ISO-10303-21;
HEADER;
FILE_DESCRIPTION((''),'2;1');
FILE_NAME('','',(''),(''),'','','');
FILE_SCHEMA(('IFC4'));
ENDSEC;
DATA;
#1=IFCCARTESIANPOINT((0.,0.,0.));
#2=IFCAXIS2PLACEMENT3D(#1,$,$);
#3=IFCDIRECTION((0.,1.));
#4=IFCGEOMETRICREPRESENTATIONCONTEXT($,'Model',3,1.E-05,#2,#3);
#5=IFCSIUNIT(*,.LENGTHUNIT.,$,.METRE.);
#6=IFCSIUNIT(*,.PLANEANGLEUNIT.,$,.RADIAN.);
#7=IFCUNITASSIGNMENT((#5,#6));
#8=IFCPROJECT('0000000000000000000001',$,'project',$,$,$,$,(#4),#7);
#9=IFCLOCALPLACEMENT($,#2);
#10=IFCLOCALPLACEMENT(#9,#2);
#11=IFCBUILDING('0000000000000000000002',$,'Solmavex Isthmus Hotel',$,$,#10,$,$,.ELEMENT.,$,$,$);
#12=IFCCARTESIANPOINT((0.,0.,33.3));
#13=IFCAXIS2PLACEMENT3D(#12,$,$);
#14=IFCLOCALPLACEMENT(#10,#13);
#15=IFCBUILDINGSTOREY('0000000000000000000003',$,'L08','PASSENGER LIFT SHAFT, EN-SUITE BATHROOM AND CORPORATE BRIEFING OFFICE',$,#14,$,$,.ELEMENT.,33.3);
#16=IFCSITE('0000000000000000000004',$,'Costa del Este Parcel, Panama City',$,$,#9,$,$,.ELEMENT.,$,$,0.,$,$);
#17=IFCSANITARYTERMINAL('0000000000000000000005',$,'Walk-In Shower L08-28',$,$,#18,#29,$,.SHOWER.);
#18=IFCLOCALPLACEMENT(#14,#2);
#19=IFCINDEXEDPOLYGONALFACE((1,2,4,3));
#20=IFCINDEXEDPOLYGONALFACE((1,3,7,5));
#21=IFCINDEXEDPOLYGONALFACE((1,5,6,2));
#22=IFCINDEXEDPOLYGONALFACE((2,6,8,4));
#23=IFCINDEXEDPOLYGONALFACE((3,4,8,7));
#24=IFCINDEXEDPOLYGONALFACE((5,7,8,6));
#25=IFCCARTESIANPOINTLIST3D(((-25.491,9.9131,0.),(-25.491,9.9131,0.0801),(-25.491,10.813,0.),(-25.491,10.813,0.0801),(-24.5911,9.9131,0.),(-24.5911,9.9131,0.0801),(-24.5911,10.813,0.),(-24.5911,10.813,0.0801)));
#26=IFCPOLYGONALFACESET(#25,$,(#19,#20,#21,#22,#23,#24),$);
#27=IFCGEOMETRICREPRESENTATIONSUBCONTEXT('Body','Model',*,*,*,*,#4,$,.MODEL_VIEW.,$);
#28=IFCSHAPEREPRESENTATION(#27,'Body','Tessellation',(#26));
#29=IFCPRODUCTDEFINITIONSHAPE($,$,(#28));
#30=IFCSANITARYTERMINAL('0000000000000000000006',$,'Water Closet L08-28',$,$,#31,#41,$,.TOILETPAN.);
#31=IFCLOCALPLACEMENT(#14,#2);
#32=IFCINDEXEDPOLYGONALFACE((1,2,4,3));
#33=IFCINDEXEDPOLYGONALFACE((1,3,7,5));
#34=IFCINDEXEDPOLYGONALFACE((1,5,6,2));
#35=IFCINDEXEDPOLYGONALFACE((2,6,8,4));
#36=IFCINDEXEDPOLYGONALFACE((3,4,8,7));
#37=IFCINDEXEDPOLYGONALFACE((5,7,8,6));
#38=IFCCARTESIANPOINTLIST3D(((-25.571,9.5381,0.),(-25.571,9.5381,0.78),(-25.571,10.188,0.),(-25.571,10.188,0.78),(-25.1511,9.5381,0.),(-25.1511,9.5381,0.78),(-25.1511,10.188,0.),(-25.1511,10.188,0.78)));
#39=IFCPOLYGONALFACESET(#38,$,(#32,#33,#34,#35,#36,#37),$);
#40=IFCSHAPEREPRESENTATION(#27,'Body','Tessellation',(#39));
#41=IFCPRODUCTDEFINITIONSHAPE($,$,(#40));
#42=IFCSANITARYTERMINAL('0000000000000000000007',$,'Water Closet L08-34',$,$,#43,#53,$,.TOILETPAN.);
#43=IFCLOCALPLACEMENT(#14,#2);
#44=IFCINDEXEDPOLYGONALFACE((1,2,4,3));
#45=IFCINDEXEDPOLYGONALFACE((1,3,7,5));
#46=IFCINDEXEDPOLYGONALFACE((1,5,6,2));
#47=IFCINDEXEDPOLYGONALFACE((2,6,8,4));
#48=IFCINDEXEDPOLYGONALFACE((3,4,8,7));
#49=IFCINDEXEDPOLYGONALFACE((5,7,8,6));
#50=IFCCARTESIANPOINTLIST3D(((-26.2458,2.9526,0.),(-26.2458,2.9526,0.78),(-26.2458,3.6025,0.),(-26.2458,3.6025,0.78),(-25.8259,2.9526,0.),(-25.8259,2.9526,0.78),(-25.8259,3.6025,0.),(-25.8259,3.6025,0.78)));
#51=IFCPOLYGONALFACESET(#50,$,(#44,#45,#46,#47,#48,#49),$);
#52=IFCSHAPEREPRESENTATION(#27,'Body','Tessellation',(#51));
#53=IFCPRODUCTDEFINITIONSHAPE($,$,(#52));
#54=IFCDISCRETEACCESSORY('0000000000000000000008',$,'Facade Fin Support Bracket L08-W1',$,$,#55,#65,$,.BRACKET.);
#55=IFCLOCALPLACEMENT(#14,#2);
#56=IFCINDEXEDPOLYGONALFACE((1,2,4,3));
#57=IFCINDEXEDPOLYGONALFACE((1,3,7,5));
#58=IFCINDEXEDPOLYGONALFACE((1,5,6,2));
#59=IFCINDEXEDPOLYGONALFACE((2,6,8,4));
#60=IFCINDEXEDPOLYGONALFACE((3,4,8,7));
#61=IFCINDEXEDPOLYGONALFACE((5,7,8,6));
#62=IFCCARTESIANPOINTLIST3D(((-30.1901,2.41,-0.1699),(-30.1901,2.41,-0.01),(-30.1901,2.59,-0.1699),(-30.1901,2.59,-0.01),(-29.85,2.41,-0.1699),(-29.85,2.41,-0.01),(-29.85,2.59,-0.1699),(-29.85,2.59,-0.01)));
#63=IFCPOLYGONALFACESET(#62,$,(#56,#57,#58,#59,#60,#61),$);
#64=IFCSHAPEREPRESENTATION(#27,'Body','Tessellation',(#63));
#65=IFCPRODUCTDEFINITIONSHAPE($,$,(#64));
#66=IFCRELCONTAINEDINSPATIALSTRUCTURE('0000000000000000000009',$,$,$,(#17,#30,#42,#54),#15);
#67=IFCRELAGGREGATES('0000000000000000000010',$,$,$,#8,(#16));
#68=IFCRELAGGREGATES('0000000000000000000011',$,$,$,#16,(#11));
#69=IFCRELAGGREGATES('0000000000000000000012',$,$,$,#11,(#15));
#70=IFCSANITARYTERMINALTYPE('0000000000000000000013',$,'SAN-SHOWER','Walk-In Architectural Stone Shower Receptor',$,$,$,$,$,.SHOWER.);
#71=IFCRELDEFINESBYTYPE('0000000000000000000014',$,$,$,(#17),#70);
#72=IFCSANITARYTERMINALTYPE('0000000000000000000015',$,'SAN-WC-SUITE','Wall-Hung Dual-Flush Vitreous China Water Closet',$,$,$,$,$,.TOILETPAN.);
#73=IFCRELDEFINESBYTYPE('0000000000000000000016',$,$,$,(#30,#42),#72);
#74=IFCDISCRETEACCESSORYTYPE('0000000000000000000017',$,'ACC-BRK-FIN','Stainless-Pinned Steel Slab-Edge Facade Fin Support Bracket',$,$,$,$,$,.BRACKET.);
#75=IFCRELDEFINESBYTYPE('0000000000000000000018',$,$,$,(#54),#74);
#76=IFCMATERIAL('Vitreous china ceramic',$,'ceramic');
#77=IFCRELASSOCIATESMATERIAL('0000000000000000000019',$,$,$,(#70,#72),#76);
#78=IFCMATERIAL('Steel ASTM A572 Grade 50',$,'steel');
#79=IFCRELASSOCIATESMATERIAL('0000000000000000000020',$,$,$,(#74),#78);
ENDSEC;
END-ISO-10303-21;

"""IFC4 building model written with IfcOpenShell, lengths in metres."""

from ifc_helpers import new_model, si_unit, direction, frame, origin, origin_2d, place, context, subcontext, project, spatial, rectangle, extrude, material, type_object, element, save


model = new_model("IFC4")

# Units and contexts
model_context = context("Model", 3, precision=1e-05, world=origin(), true_north=direction((0.0, 1.0)))
body_context = subcontext(model_context, "Body", "Model", "MODEL_VIEW")
ifc_project = project(units=[si_unit("LENGTHUNIT", "METRE"), si_unit("PLANEANGLEUNIT", "RADIAN")], contexts=[model_context])

# Site, building, storey
site_placement = place(None, origin())
site = spatial("IfcSite", under=ifc_project, at=site_placement, Name="Costa del Este Parcel, Panama City", CompositionType="ELEMENT", RefElevation=0.0)
building_placement = place(site_placement, origin())
building = spatial("IfcBuilding", under=site, at=building_placement, Name="Solmavex Isthmus Hotel", CompositionType="ELEMENT")
storey_placement = place(building_placement, frame((0.0, 0.0, 33.3)))
storey = spatial("IfcBuildingStorey", under=building, at=storey_placement, Name="L08", Description="PASSENGER LIFT SHAFT, EN-SUITE BATHROOM AND CORPORATE BRIEFING OFFICE", CompositionType="ELEMENT", Elevation=33.3)

# Sanitary terminals
ifc_material_1 = material(Name="Vitreous china ceramic", Category="ceramic")
sanitary_terminal_type_1 = type_object("IfcSanitaryTerminalType", Name="SAN-SHOWER", Description="Walk-In Architectural Stone Shower Receptor", PredefinedType="SHOWER", material=ifc_material_1)
sanitary_terminal_placement = place(storey_placement, frame((-25.041, 10.363, 0.0), z_axis=(0.0, 0.0, 1.0), x_axis=(1.0, 0.0, 0.0)))
element("IfcSanitaryTerminal", 1, at=sanitary_terminal_placement, inside=storey, type_object=sanitary_terminal_type_1, Name="Walk-In Shower L08-28", PredefinedType="SHOWER", context=body_context, shape_type="SweptSolid", body=[
    extrude(rectangle(XDim=0.8999, YDim=0.8999, at=origin_2d()), origin(), (0.0, 0.0, 1.0), 0.0801),
])
sanitary_terminal_type_2 = type_object("IfcSanitaryTerminalType", Name="SAN-WC-SUITE", Description="Wall-Hung Dual-Flush Vitreous China Water Closet", PredefinedType="TOILETPAN", material=ifc_material_1)
for number, where, z_axis, x_axis, name in (
    (2, (-25.3611, 9.863, 0.0), (0.0, 0.0, 1.0), (1.0, 0.0, 0.0), "Water Closet L08-28"),
    (3, (-26.0359, 3.2776, 0.0), (0.0, 0.0, 1.0), (1.0, 0.0, 0.0), "Water Closet L08-34"),
):
    element("IfcSanitaryTerminal", number, at=place(storey_placement, frame(where, z_axis=z_axis, x_axis=x_axis)), inside=storey, type_object=sanitary_terminal_type_2, Name=name, PredefinedType="TOILETPAN", context=body_context, shape_type="SweptSolid", body=[
        extrude(rectangle(XDim=0.4199, YDim=0.6499, at=origin_2d()), origin(), (0.0, 0.0, 1.0), 0.78),
    ])

# Discrete accessory
ifc_material_2 = material(Name="Steel ASTM A572 Grade 50", Category="steel")
discrete_accessory_type = type_object("IfcDiscreteAccessoryType", Name="ACC-BRK-FIN", Description="Stainless-Pinned Steel Slab-Edge Facade Fin Support Bracket", PredefinedType="BRACKET", material=ifc_material_2)
discrete_accessory_placement = place(storey_placement, frame((-30.02, 2.5, -0.1699), z_axis=(0.0, 0.0, 1.0), x_axis=(-1.0, 0.0, 0.0)))
element("IfcDiscreteAccessory", 4, at=discrete_accessory_placement, inside=storey, type_object=discrete_accessory_type, Name="Facade Fin Support Bracket L08-W1", PredefinedType="BRACKET", context=body_context, shape_type="SweptSolid", body=[
    extrude(rectangle(XDim=0.3401, YDim=0.1799, at=origin_2d()), origin(), (0.0, 0.0, 1.0), 0.1599),
])

save(model, "model.ifc")
